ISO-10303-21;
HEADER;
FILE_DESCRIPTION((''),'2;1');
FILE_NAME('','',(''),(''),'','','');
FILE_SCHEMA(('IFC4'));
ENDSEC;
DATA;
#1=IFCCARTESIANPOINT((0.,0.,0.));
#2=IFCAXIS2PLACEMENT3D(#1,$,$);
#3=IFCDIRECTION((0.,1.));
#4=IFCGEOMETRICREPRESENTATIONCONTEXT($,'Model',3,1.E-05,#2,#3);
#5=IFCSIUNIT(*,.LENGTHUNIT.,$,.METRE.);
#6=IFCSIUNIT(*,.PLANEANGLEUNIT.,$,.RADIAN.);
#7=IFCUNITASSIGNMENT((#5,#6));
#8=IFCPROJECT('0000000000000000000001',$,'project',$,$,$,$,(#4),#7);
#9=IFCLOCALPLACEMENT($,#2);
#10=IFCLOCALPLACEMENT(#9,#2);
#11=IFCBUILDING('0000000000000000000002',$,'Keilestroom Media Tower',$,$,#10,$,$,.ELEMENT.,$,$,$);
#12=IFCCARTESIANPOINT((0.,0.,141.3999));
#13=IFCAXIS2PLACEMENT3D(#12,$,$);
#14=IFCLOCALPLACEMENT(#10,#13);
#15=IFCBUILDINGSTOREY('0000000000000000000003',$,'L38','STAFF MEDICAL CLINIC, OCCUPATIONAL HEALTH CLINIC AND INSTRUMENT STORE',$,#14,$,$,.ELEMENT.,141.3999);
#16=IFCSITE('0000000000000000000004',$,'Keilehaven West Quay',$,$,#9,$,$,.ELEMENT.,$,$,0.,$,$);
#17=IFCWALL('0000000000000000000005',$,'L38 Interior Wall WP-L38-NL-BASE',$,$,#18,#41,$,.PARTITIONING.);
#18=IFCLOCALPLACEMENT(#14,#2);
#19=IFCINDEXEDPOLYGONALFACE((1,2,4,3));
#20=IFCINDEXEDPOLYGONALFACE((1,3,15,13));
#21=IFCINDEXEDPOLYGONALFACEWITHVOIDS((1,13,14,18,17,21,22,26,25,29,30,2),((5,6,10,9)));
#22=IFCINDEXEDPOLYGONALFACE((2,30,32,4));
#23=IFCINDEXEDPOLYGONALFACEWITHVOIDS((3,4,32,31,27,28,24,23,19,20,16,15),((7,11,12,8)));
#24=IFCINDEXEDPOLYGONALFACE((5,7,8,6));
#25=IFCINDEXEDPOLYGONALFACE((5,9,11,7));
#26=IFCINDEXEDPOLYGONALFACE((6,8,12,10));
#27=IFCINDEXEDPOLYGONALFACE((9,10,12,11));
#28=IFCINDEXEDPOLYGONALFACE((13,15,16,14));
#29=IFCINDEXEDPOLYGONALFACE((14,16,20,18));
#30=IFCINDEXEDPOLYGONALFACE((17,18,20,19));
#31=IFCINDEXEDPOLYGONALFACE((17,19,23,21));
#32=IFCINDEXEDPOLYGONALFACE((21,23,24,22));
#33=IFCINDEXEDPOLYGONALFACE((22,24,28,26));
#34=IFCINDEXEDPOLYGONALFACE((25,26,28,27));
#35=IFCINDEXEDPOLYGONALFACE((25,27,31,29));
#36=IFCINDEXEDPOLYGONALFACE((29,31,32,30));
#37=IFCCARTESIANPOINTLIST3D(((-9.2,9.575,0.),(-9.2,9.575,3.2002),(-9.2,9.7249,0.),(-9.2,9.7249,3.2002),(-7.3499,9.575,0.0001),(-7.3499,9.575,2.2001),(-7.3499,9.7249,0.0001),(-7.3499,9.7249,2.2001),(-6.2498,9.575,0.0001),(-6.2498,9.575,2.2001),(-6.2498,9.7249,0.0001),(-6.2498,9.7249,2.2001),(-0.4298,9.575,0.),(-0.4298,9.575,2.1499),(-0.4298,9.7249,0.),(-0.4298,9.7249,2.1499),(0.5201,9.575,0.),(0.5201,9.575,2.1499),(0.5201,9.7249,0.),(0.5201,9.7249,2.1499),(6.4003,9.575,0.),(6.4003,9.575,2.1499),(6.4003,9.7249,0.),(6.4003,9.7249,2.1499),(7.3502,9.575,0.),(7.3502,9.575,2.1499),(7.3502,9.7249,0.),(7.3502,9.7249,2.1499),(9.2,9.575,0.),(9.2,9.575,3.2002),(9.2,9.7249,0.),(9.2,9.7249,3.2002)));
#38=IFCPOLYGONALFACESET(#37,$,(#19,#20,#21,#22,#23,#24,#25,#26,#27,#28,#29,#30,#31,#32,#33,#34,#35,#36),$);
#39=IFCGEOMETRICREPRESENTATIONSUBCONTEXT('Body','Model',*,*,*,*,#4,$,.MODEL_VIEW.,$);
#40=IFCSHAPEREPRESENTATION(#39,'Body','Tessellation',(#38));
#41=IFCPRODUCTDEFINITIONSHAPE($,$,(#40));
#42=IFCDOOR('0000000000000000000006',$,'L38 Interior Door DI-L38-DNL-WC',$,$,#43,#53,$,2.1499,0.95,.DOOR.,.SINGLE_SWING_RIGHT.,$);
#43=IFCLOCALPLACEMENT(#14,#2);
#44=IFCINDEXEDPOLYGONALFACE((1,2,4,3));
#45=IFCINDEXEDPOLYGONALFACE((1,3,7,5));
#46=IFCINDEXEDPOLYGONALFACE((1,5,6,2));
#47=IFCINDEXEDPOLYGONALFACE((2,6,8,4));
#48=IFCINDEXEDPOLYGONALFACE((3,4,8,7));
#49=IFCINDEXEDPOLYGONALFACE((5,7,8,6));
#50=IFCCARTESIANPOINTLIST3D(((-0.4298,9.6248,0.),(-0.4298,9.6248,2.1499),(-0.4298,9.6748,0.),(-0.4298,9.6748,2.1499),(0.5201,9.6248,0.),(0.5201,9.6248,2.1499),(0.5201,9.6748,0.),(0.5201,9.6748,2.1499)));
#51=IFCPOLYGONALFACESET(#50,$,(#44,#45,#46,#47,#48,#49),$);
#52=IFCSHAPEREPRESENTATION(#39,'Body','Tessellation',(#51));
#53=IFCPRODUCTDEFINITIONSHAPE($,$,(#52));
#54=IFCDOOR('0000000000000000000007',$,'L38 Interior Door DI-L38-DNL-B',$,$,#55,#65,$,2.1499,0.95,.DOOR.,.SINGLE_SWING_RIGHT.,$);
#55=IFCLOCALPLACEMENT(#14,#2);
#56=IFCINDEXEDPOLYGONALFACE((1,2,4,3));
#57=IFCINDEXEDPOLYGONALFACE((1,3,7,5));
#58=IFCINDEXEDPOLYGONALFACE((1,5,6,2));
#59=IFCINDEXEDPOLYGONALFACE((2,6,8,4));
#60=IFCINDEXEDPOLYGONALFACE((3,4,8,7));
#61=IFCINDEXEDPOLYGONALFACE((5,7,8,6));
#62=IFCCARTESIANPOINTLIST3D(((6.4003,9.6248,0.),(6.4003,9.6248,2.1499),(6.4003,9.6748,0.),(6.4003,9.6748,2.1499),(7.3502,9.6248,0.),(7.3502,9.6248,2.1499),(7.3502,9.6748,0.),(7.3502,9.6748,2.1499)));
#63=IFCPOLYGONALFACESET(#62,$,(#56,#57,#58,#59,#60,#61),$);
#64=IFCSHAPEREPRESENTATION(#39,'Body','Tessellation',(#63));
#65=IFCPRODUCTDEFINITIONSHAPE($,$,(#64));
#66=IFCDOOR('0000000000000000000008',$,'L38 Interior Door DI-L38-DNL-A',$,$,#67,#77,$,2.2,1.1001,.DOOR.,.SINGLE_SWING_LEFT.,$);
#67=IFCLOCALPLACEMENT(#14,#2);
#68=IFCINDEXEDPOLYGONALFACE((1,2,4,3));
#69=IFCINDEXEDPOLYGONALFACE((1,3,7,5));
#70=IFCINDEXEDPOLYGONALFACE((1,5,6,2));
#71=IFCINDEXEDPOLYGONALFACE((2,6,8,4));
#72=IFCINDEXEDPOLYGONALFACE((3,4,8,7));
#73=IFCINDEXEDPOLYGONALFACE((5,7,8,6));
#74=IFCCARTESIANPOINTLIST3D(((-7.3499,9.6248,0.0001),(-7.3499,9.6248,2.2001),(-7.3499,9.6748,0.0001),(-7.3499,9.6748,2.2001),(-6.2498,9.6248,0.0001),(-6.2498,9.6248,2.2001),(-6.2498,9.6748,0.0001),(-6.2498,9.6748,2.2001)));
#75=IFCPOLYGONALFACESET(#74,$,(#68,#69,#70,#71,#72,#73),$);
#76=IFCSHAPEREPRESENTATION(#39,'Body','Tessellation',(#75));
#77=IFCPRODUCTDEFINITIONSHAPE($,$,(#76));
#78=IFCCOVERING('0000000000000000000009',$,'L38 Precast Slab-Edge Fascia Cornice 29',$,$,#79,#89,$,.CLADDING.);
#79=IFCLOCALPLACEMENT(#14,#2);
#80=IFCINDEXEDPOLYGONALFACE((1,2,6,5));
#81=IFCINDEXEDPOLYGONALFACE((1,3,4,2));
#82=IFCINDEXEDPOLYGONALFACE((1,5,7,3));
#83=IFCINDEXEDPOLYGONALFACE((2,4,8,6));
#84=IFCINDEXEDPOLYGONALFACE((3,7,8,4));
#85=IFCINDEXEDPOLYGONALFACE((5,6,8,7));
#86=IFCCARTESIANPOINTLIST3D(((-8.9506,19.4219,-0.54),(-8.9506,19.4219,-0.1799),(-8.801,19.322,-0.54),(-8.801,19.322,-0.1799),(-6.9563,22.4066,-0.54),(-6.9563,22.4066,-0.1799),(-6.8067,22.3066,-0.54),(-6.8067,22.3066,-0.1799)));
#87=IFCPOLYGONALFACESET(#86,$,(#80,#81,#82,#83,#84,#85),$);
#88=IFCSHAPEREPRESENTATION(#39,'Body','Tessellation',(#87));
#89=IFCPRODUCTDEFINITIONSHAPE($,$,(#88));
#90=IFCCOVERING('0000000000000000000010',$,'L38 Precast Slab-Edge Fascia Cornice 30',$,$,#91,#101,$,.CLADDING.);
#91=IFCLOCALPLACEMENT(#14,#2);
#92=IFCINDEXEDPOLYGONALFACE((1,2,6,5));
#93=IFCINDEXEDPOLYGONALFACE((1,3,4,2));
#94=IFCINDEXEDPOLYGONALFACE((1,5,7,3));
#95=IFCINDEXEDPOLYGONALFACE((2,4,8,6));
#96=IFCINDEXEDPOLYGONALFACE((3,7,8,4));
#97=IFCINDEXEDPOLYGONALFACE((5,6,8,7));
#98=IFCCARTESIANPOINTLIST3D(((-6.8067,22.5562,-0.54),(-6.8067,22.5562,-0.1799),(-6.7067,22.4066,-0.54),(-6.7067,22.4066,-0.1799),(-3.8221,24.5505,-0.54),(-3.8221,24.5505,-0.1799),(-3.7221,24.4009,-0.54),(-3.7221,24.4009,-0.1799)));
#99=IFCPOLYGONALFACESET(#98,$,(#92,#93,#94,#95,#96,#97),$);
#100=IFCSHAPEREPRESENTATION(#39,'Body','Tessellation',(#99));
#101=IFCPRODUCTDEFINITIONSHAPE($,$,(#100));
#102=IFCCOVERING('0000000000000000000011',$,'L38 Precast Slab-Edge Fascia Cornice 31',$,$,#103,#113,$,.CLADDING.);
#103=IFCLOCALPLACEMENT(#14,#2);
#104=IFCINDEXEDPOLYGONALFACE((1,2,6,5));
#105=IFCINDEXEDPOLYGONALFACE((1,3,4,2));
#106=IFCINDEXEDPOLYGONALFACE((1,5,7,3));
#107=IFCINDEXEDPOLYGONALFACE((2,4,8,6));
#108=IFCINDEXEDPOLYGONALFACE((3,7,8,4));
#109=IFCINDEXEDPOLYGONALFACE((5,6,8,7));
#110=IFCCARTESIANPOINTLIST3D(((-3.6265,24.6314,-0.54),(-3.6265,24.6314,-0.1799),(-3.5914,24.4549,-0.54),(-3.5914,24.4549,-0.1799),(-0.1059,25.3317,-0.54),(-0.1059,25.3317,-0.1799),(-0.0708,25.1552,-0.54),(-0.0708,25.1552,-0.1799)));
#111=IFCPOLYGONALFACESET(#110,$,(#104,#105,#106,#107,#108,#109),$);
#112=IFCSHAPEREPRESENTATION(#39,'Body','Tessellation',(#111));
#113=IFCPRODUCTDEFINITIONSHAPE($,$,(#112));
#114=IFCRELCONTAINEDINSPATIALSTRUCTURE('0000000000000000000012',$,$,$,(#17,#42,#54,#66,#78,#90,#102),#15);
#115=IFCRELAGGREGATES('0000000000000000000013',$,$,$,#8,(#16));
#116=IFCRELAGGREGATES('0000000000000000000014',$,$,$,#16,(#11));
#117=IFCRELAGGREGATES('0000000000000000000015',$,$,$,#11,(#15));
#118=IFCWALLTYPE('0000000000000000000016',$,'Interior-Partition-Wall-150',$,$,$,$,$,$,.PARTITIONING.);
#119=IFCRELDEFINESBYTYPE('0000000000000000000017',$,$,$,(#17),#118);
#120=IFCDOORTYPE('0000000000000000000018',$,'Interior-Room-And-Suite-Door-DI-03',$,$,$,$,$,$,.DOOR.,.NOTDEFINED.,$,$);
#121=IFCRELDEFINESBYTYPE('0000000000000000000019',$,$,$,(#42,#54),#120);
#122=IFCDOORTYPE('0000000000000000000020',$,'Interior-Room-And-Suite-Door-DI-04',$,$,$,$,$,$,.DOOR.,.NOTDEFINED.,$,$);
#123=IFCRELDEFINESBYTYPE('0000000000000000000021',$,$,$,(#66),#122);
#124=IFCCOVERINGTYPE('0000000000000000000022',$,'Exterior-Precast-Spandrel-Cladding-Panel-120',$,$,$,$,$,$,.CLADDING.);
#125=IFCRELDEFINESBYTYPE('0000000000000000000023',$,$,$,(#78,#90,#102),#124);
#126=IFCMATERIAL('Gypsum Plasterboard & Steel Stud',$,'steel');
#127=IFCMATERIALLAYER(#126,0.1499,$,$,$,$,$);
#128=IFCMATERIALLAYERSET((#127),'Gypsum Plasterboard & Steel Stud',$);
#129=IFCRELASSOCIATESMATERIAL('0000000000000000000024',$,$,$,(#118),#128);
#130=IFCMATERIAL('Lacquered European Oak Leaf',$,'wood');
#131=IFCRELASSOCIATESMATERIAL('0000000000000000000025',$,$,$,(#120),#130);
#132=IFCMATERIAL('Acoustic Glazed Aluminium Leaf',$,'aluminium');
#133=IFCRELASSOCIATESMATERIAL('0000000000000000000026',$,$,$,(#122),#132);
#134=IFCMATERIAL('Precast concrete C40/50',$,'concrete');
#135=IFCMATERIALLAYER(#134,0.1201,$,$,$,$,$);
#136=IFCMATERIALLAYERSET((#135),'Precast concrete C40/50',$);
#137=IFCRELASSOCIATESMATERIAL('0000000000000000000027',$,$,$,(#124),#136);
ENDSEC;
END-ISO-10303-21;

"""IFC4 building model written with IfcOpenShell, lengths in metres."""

from ifc_helpers import new_model, si_unit, direction, frame, frame_2d, origin, origin_2d, place, context, subcontext, project, spatial, rectangle, extrude, source, transform, mapped, material, layer, layer_set, type_object, element, fill, save


model = new_model("IFC4")

# Units and contexts
model_context = context("Model", 3, precision=1e-05, world=origin(), true_north=direction((0.0, 1.0)))
body_context = subcontext(model_context, "Body", "Model", "MODEL_VIEW")
ifc_project = project(units=[si_unit("LENGTHUNIT", "METRE"), si_unit("PLANEANGLEUNIT", "RADIAN")], contexts=[model_context])

# Site, building, storey
site_placement = place(None, origin())
site = spatial("IfcSite", under=ifc_project, at=site_placement, Name="Keilehaven West Quay", CompositionType="ELEMENT", RefElevation=0.0)
building_placement = place(site_placement, origin())
building = spatial("IfcBuilding", under=site, at=building_placement, Name="Keilestroom Media Tower", CompositionType="ELEMENT")
storey_placement = place(building_placement, frame((0.0, 0.0, 141.3999)))
storey = spatial("IfcBuildingStorey", under=building, at=storey_placement, Name="L38", Description="STAFF MEDICAL CLINIC, OCCUPATIONAL HEALTH CLINIC AND INSTRUMENT STORE", CompositionType="ELEMENT", Elevation=141.3999)

# Shared definitions
ifc_material_1 = material(Name="Precast concrete C40/50", Category="concrete")
ifc_material_2 = material(Name="Gypsum Plasterboard & Steel Stud", Category="steel")

# Wall, openings, doors
ifc_layer_1 = layer(ifc_material_2, 0.1499)
ifc_layer_set_1 = layer_set([ifc_layer_1], Name="Gypsum Plasterboard & Steel Stud")
wall_type_1 = type_object("IfcWallType", Name="Interior-Partition-Wall-150", PredefinedType="PARTITIONING", material=ifc_layer_set_1)
wall_1_placement = place(storey_placement, frame((-9.2, 9.6499, 0.0), z_axis=(0.0, 0.0, 1.0), x_axis=(1.0, 0.0, 0.0)))
wall_1 = element("IfcWall", 1, at=wall_1_placement, inside=storey, type_object=wall_type_1, Name="L38 Interior Wall WP-L38-NL-BASE", PredefinedType="PARTITIONING", context=body_context, shape_type="SweptSolid", body=[
    extrude(rectangle(XDim=18.3999, YDim=0.1499, at=frame_2d((9.2, 0.0))), origin(), (0.0, 0.0, 1.0), 3.2002),
])
opening_1_placement = place(wall_1_placement, frame((8.77, 0.0, 0.0)))
opening_1 = element("IfcOpeningElement", 2, at=opening_1_placement, cuts=wall_1, PredefinedType="OPENING", context=body_context, shape_type="SweptSolid", body=[
    extrude(rectangle(XDim=0.95, YDim=2.1499, at=frame_2d((0.4751, 1.075))), frame((0.0, 0.085, 0.0), z_axis=(0.0, -1.0, 0.0), x_axis=(1.0, 0.0, 0.0)), (0.0, 0.0, 1.0), 0.1699),
])
opening_2_placement = place(wall_1_placement, frame((1.8501, 0.0, 0.0)))
opening_2 = element("IfcOpeningElement", 3, at=opening_2_placement, cuts=wall_1, PredefinedType="OPENING", context=body_context, shape_type="SweptSolid", body=[
    extrude(rectangle(XDim=1.1001, YDim=2.2, at=frame_2d((0.55, 1.1001))), frame((0.0, 0.085, 0.0), z_axis=(0.0, -1.0, 0.0), x_axis=(1.0, 0.0, 0.0)), (0.0, 0.0, 1.0), 0.1699),
])
opening_3_placement = place(wall_1_placement, frame((15.6001, 0.0, 0.0)))
opening_3 = element("IfcOpeningElement", 4, at=opening_3_placement, cuts=wall_1, PredefinedType="OPENING", context=body_context, shape_type="SweptSolid", body=[
    extrude(rectangle(XDim=0.95, YDim=2.1499, at=frame_2d((0.4751, 1.075))), frame((0.0, 0.085, 0.0), z_axis=(0.0, -1.0, 0.0), x_axis=(1.0, 0.0, 0.0)), (0.0, 0.0, 1.0), 0.1699),
])
ifc_material_3 = material(Name="Lacquered European Oak Leaf", Category="wood")
door_type_1 = type_object("IfcDoorType", Name="Interior-Room-And-Suite-Door-DI-03", OperationType="NOTDEFINED", PredefinedType="DOOR", material=ifc_material_3)
shared_shape_1 = source(origin(), body_context, "Body", "SweptSolid", [
    extrude(rectangle(XDim=0.95, YDim=2.1499, at=frame_2d((0.4751, 1.075))), frame((0.0, 0.0249, 0.0), z_axis=(0.0, -1.0, 0.0), x_axis=(1.0, 0.0, 0.0)), (0.0, 0.0, 1.0), 0.05),
])
door_1_placement = place(opening_1_placement, origin())
door_1 = element("IfcDoor", 5, at=door_1_placement, inside=storey, type_object=door_type_1, Name="L38 Interior Door DI-L38-DNL-WC", OperationType="SINGLE_SWING_RIGHT", OverallHeight=2.1499, OverallWidth=0.95, PredefinedType="DOOR", context=body_context, shape_type="MappedRepresentation", body=[
    mapped(shared_shape_1, transform((0.0, 0.0, 0.0), x_axis=(1.0, 0.0, 0.0), y_axis=(0.0, 1.0, 0.0), z_axis=(0.0, 0.0, 1.0), scale=1.0)),
])
fill(opening_1, door_1)
door_2_placement = place(opening_3_placement, origin())
door_2 = element("IfcDoor", 6, at=door_2_placement, inside=storey, type_object=door_type_1, Name="L38 Interior Door DI-L38-DNL-B", OperationType="SINGLE_SWING_RIGHT", OverallHeight=2.1499, OverallWidth=0.95, PredefinedType="DOOR", context=body_context, shape_type="MappedRepresentation", body=[
    mapped(shared_shape_1, transform((0.0, 0.0, 0.0), x_axis=(1.0, 0.0, 0.0), y_axis=(0.0, 1.0, 0.0), z_axis=(0.0, 0.0, 1.0), scale=1.0)),
])
fill(opening_3, door_2)
ifc_material_4 = material(Name="Acoustic Glazed Aluminium Leaf", Category="aluminium")
door_type_2 = type_object("IfcDoorType", Name="Interior-Room-And-Suite-Door-DI-04", OperationType="NOTDEFINED", PredefinedType="DOOR", material=ifc_material_4)
shared_shape_2 = source(origin(), body_context, "Body", "SweptSolid", [
    extrude(rectangle(XDim=1.1001, YDim=2.2, at=frame_2d((0.55, 1.1001))), frame((0.0, 0.0249, 0.0), z_axis=(0.0, -1.0, 0.0), x_axis=(1.0, 0.0, 0.0)), (0.0, 0.0, 1.0), 0.05),
])
door_3_placement = place(opening_2_placement, origin())
door_3 = element("IfcDoor", 7, at=door_3_placement, inside=storey, type_object=door_type_2, Name="L38 Interior Door DI-L38-DNL-A", OperationType="SINGLE_SWING_LEFT", OverallHeight=2.2, OverallWidth=1.1001, PredefinedType="DOOR", context=body_context, shape_type="MappedRepresentation", body=[
    mapped(shared_shape_2, transform((0.0, 0.0, 0.0), x_axis=(1.0, 0.0, 0.0), y_axis=(0.0, 1.0, 0.0), z_axis=(0.0, 0.0, 1.0), scale=1.0)),
])
fill(opening_2, door_3)

# Coverings
ifc_layer_2 = layer(ifc_material_1, 0.1201)
ifc_layer_set_2 = layer_set([ifc_layer_2], Name="Precast concrete C40/50")
covering_type = type_object("IfcCoveringType", Name="Exterior-Precast-Spandrel-Cladding-Panel-120", PredefinedType="CLADDING", material=ifc_layer_set_2)
shared_shape_3 = source(origin(), body_context, "Body", "SweptSolid", [
    extrude(rectangle(XDim=3.5896, YDim=0.1799, at=origin_2d()), origin(), (0.0, 0.0, 1.0), 0.3601),
])
for number, where, z_axis, x_axis, name in (
    (8, (-7.8787, 20.8643, -0.54), (0.0, 0.0, 1.0), (0.555575, 0.831467, 0.0), "L38 Precast Slab-Edge Fascia Cornice 29"),
    (9, (-5.2644, 23.4785, -0.54), (0.0, 0.0, 1.0), (0.831467, 0.555575, 0.0), "L38 Precast Slab-Edge Fascia Cornice 30"),
    (10, (-1.8486, 24.8933, -0.54), (0.0, 0.0, 1.0), (0.980784, 0.195099, 0.0), "L38 Precast Slab-Edge Fascia Cornice 31"),
):
    element("IfcCovering", number, at=place(storey_placement, frame(where, z_axis=z_axis, x_axis=x_axis)), inside=storey, type_object=covering_type, Name=name, PredefinedType="CLADDING", context=body_context, shape_type="MappedRepresentation", body=[
        mapped(shared_shape_3, transform((0.0, 0.0, 0.0), x_axis=(1.0, 0.0, 0.0), y_axis=(0.0, 1.0, 0.0), z_axis=(0.0, 0.0, 1.0), scale=1.0)),
    ])

save(model, "model.ifc")
